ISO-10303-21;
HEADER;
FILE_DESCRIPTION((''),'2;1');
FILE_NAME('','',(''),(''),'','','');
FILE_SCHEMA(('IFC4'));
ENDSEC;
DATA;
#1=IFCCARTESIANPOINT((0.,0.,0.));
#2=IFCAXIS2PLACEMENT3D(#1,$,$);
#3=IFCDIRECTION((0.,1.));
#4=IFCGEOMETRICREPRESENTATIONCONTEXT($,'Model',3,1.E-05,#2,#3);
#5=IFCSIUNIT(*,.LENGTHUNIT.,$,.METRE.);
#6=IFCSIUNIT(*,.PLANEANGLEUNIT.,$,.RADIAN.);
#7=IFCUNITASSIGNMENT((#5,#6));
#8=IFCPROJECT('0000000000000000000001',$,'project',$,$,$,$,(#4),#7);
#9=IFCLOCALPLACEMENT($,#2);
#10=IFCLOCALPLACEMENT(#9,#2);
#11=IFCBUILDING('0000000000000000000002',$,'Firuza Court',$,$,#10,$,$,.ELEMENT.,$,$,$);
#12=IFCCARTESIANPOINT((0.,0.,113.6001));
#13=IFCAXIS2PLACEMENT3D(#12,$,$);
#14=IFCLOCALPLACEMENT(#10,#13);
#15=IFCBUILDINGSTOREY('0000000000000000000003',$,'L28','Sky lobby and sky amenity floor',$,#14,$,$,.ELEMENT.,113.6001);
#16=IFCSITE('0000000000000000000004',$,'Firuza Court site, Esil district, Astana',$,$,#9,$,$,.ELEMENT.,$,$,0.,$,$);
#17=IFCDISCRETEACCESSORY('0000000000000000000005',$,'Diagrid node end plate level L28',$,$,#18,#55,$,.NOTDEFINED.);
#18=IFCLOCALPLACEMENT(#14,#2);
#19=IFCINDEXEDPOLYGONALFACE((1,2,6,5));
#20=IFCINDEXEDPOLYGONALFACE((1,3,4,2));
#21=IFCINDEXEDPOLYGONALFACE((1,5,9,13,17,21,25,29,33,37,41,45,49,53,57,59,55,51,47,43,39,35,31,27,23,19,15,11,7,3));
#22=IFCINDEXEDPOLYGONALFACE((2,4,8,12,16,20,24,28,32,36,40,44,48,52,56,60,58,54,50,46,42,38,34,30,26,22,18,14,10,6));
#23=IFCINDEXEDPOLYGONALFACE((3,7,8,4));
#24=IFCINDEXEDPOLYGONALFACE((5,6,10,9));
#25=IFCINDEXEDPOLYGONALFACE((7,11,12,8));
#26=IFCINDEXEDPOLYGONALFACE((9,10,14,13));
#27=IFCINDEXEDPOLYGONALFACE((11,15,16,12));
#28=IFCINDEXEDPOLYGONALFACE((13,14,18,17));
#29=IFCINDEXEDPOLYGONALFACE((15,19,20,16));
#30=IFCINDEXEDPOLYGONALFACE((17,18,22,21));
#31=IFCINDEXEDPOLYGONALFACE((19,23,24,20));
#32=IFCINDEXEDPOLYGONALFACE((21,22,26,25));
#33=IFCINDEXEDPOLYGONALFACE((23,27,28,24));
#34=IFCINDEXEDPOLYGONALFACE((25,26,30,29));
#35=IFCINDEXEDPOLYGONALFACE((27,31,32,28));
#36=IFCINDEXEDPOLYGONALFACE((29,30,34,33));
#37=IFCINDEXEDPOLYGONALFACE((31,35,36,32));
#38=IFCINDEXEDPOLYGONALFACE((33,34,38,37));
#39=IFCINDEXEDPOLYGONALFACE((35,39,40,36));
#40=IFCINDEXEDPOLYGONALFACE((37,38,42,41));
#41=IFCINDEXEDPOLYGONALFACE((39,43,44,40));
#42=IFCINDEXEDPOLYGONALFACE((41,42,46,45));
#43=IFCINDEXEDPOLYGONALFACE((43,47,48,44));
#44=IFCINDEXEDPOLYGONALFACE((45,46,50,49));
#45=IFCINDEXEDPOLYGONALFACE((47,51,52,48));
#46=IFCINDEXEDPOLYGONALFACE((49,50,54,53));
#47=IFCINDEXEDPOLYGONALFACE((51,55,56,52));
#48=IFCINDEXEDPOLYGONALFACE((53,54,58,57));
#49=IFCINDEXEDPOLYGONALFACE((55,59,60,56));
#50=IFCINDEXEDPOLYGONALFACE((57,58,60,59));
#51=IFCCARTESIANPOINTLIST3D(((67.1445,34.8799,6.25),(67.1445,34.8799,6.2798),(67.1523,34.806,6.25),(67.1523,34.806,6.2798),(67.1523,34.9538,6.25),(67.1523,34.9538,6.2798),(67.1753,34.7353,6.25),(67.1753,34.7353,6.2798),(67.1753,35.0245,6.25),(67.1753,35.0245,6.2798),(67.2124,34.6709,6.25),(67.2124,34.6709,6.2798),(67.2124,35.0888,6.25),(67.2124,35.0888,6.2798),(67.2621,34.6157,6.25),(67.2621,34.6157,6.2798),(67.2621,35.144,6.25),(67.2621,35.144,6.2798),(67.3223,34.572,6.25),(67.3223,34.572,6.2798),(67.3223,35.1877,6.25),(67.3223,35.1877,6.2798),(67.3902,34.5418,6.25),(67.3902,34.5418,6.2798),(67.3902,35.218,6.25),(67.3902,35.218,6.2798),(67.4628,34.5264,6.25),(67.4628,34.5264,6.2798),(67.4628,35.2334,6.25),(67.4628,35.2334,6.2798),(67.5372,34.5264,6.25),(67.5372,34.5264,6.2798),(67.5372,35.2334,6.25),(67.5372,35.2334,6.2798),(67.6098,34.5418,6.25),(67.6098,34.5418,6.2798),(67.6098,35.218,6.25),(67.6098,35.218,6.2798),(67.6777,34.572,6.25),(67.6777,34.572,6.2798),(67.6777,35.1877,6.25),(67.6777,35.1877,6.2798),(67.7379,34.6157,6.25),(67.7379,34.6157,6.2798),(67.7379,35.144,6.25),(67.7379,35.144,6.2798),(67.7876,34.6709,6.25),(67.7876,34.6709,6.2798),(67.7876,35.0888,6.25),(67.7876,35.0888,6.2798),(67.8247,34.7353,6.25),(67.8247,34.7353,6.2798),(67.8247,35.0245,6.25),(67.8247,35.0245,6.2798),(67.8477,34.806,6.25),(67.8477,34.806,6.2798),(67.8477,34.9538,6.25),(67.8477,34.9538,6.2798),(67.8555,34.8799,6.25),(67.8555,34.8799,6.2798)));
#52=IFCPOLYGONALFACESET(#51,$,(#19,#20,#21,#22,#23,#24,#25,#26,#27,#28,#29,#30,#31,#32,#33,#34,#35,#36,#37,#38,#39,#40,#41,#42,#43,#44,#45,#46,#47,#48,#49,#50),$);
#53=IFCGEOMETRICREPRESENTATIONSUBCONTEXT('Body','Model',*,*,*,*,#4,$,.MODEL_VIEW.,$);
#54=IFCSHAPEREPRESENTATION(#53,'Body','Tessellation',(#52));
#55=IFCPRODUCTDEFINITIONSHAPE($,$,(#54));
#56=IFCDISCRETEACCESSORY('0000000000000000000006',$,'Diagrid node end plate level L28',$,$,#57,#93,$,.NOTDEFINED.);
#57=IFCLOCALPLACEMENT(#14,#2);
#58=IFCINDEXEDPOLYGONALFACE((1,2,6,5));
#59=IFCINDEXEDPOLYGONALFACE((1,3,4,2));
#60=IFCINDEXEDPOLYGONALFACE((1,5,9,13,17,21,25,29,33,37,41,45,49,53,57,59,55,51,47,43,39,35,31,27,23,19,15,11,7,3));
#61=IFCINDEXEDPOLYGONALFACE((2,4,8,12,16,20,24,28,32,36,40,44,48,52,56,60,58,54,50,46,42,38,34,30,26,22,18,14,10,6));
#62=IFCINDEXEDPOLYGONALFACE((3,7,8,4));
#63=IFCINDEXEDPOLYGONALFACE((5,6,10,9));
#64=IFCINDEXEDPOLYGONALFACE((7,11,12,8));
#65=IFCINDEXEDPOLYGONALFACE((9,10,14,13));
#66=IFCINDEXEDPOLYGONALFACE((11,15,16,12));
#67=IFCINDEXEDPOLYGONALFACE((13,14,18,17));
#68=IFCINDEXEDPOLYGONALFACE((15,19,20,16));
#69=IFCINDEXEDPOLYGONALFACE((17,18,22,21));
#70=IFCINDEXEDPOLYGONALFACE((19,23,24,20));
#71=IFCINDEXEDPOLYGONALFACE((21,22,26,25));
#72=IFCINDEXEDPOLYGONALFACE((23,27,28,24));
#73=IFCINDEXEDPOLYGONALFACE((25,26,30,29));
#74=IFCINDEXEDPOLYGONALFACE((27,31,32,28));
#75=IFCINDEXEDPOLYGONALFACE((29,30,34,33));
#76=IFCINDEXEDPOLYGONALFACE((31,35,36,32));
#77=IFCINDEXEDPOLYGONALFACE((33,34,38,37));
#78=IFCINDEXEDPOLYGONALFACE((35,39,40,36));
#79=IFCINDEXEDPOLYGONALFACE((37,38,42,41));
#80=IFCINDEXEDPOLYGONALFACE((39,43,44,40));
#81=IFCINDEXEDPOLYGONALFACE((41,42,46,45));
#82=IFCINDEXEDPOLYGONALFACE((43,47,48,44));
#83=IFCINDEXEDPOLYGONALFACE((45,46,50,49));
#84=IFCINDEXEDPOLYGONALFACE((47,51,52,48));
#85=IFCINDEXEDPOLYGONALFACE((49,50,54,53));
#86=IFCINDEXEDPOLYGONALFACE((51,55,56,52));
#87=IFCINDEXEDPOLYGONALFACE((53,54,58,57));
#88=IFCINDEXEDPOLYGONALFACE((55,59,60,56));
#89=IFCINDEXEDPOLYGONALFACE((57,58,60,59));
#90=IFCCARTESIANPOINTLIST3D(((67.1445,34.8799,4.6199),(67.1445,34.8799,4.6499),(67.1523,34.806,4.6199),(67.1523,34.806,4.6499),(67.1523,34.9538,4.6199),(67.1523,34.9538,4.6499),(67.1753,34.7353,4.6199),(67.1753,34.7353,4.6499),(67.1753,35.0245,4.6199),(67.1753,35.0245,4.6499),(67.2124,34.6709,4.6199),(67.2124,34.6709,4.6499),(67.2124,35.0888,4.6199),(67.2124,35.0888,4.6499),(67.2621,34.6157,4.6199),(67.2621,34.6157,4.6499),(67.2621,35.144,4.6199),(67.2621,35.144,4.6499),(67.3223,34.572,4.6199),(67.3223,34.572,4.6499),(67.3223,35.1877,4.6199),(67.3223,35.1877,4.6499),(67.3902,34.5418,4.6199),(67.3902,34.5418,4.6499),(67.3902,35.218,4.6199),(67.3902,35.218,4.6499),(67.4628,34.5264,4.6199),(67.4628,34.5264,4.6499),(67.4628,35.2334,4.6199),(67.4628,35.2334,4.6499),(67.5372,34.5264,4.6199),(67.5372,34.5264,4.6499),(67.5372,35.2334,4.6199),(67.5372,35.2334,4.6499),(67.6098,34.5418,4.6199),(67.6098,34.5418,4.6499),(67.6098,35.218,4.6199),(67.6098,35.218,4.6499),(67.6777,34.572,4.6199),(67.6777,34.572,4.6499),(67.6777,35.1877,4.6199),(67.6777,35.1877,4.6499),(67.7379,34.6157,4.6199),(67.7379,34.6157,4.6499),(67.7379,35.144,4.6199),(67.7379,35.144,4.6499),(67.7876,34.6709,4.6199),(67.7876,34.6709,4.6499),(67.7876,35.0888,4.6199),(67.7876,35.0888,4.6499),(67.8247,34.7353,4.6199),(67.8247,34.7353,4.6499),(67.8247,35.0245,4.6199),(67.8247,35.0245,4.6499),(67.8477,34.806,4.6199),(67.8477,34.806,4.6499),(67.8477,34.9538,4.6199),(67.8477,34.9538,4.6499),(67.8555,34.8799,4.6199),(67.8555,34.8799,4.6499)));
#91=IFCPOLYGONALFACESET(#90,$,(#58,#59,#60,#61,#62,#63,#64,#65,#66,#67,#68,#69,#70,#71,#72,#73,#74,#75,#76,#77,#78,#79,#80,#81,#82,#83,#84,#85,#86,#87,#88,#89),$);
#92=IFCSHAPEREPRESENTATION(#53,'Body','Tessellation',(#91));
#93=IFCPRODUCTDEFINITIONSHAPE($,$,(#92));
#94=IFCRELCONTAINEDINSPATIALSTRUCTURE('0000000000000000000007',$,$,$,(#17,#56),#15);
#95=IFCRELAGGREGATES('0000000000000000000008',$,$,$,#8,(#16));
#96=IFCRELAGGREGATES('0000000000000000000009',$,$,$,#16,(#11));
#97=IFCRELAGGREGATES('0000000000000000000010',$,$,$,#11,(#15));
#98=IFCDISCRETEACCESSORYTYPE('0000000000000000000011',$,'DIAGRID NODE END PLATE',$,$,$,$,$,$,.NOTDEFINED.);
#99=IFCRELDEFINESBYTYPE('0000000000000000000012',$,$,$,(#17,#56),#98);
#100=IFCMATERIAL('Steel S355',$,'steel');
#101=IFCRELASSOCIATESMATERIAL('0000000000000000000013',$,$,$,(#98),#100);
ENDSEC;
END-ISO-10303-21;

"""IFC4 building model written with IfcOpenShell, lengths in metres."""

from ifc_helpers import new_model, si_unit, direction, frame, origin, origin_2d, place, context, subcontext, project, spatial, circle, extrude, material, material_profile, profile_set, type_object, element, save


model = new_model("IFC4")

# Units and contexts
model_context = context("Model", 3, precision=1e-05, world=origin(), true_north=direction((0.0, 1.0)))
body_context = subcontext(model_context, "Body", "Model", "MODEL_VIEW")
ifc_project = project(units=[si_unit("LENGTHUNIT", "METRE"), si_unit("PLANEANGLEUNIT", "RADIAN")], contexts=[model_context])

# Site, building, storey
site_placement = place(None, origin())
site = spatial("IfcSite", under=ifc_project, at=site_placement, Name="Firuza Court site, Esil district, Astana", CompositionType="ELEMENT", RefElevation=0.0)
building_placement = place(site_placement, origin())
building = spatial("IfcBuilding", under=site, at=building_placement, Name="Firuza Court", CompositionType="ELEMENT")
storey_placement = place(building_placement, frame((0.0, 0.0, 113.6001)))
storey = spatial("IfcBuildingStorey", under=building, at=storey_placement, Name="L28", Description="Sky lobby and sky amenity floor", CompositionType="ELEMENT", Elevation=113.6001)

# Discrete accessories
ifc_material_1 = material(Name="Steel S355", Category="steel")
ifc_material_profile_1 = material_profile(ifc_material_1, circle(Radius=0.3555, at=origin_2d()), Name="PL D711")
ifc_profile_set_1 = profile_set([ifc_material_profile_1], Name="Steel S355")
discrete_accessory_type = type_object("IfcDiscreteAccessoryType", Name="DIAGRID NODE END PLATE", PredefinedType="NOTDEFINED", material=ifc_profile_set_1)
discrete_accessory_1_placement = place(storey_placement, frame((67.5, 34.8799, 6.25), z_axis=(0.0, 0.0, 1.0), x_axis=(1.0, 0.0, 0.0)))
element("IfcDiscreteAccessory", 1, at=discrete_accessory_1_placement, inside=storey, type_object=discrete_accessory_type, Name="Diagrid node end plate level L28", PredefinedType="NOTDEFINED", context=body_context, shape_type="SweptSolid", body=[
    extrude(circle(Radius=0.3555, at=origin_2d()), origin(), (0.0, 0.0, 1.0), 0.0298),
])
discrete_accessory_2_placement = place(storey_placement, frame((67.5, 34.8799, 4.6199), z_axis=(0.0, 0.0, 1.0), x_axis=(1.0, 0.0, 0.0)))
element("IfcDiscreteAccessory", 2, at=discrete_accessory_2_placement, inside=storey, type_object=discrete_accessory_type, Name="Diagrid node end plate level L28", PredefinedType="NOTDEFINED", context=body_context, shape_type="SweptSolid", body=[
    extrude(circle(Radius=0.3555, at=origin_2d()), origin(), (0.0, 0.0, 1.0), 0.03),
])

save(model, "model.ifc")
